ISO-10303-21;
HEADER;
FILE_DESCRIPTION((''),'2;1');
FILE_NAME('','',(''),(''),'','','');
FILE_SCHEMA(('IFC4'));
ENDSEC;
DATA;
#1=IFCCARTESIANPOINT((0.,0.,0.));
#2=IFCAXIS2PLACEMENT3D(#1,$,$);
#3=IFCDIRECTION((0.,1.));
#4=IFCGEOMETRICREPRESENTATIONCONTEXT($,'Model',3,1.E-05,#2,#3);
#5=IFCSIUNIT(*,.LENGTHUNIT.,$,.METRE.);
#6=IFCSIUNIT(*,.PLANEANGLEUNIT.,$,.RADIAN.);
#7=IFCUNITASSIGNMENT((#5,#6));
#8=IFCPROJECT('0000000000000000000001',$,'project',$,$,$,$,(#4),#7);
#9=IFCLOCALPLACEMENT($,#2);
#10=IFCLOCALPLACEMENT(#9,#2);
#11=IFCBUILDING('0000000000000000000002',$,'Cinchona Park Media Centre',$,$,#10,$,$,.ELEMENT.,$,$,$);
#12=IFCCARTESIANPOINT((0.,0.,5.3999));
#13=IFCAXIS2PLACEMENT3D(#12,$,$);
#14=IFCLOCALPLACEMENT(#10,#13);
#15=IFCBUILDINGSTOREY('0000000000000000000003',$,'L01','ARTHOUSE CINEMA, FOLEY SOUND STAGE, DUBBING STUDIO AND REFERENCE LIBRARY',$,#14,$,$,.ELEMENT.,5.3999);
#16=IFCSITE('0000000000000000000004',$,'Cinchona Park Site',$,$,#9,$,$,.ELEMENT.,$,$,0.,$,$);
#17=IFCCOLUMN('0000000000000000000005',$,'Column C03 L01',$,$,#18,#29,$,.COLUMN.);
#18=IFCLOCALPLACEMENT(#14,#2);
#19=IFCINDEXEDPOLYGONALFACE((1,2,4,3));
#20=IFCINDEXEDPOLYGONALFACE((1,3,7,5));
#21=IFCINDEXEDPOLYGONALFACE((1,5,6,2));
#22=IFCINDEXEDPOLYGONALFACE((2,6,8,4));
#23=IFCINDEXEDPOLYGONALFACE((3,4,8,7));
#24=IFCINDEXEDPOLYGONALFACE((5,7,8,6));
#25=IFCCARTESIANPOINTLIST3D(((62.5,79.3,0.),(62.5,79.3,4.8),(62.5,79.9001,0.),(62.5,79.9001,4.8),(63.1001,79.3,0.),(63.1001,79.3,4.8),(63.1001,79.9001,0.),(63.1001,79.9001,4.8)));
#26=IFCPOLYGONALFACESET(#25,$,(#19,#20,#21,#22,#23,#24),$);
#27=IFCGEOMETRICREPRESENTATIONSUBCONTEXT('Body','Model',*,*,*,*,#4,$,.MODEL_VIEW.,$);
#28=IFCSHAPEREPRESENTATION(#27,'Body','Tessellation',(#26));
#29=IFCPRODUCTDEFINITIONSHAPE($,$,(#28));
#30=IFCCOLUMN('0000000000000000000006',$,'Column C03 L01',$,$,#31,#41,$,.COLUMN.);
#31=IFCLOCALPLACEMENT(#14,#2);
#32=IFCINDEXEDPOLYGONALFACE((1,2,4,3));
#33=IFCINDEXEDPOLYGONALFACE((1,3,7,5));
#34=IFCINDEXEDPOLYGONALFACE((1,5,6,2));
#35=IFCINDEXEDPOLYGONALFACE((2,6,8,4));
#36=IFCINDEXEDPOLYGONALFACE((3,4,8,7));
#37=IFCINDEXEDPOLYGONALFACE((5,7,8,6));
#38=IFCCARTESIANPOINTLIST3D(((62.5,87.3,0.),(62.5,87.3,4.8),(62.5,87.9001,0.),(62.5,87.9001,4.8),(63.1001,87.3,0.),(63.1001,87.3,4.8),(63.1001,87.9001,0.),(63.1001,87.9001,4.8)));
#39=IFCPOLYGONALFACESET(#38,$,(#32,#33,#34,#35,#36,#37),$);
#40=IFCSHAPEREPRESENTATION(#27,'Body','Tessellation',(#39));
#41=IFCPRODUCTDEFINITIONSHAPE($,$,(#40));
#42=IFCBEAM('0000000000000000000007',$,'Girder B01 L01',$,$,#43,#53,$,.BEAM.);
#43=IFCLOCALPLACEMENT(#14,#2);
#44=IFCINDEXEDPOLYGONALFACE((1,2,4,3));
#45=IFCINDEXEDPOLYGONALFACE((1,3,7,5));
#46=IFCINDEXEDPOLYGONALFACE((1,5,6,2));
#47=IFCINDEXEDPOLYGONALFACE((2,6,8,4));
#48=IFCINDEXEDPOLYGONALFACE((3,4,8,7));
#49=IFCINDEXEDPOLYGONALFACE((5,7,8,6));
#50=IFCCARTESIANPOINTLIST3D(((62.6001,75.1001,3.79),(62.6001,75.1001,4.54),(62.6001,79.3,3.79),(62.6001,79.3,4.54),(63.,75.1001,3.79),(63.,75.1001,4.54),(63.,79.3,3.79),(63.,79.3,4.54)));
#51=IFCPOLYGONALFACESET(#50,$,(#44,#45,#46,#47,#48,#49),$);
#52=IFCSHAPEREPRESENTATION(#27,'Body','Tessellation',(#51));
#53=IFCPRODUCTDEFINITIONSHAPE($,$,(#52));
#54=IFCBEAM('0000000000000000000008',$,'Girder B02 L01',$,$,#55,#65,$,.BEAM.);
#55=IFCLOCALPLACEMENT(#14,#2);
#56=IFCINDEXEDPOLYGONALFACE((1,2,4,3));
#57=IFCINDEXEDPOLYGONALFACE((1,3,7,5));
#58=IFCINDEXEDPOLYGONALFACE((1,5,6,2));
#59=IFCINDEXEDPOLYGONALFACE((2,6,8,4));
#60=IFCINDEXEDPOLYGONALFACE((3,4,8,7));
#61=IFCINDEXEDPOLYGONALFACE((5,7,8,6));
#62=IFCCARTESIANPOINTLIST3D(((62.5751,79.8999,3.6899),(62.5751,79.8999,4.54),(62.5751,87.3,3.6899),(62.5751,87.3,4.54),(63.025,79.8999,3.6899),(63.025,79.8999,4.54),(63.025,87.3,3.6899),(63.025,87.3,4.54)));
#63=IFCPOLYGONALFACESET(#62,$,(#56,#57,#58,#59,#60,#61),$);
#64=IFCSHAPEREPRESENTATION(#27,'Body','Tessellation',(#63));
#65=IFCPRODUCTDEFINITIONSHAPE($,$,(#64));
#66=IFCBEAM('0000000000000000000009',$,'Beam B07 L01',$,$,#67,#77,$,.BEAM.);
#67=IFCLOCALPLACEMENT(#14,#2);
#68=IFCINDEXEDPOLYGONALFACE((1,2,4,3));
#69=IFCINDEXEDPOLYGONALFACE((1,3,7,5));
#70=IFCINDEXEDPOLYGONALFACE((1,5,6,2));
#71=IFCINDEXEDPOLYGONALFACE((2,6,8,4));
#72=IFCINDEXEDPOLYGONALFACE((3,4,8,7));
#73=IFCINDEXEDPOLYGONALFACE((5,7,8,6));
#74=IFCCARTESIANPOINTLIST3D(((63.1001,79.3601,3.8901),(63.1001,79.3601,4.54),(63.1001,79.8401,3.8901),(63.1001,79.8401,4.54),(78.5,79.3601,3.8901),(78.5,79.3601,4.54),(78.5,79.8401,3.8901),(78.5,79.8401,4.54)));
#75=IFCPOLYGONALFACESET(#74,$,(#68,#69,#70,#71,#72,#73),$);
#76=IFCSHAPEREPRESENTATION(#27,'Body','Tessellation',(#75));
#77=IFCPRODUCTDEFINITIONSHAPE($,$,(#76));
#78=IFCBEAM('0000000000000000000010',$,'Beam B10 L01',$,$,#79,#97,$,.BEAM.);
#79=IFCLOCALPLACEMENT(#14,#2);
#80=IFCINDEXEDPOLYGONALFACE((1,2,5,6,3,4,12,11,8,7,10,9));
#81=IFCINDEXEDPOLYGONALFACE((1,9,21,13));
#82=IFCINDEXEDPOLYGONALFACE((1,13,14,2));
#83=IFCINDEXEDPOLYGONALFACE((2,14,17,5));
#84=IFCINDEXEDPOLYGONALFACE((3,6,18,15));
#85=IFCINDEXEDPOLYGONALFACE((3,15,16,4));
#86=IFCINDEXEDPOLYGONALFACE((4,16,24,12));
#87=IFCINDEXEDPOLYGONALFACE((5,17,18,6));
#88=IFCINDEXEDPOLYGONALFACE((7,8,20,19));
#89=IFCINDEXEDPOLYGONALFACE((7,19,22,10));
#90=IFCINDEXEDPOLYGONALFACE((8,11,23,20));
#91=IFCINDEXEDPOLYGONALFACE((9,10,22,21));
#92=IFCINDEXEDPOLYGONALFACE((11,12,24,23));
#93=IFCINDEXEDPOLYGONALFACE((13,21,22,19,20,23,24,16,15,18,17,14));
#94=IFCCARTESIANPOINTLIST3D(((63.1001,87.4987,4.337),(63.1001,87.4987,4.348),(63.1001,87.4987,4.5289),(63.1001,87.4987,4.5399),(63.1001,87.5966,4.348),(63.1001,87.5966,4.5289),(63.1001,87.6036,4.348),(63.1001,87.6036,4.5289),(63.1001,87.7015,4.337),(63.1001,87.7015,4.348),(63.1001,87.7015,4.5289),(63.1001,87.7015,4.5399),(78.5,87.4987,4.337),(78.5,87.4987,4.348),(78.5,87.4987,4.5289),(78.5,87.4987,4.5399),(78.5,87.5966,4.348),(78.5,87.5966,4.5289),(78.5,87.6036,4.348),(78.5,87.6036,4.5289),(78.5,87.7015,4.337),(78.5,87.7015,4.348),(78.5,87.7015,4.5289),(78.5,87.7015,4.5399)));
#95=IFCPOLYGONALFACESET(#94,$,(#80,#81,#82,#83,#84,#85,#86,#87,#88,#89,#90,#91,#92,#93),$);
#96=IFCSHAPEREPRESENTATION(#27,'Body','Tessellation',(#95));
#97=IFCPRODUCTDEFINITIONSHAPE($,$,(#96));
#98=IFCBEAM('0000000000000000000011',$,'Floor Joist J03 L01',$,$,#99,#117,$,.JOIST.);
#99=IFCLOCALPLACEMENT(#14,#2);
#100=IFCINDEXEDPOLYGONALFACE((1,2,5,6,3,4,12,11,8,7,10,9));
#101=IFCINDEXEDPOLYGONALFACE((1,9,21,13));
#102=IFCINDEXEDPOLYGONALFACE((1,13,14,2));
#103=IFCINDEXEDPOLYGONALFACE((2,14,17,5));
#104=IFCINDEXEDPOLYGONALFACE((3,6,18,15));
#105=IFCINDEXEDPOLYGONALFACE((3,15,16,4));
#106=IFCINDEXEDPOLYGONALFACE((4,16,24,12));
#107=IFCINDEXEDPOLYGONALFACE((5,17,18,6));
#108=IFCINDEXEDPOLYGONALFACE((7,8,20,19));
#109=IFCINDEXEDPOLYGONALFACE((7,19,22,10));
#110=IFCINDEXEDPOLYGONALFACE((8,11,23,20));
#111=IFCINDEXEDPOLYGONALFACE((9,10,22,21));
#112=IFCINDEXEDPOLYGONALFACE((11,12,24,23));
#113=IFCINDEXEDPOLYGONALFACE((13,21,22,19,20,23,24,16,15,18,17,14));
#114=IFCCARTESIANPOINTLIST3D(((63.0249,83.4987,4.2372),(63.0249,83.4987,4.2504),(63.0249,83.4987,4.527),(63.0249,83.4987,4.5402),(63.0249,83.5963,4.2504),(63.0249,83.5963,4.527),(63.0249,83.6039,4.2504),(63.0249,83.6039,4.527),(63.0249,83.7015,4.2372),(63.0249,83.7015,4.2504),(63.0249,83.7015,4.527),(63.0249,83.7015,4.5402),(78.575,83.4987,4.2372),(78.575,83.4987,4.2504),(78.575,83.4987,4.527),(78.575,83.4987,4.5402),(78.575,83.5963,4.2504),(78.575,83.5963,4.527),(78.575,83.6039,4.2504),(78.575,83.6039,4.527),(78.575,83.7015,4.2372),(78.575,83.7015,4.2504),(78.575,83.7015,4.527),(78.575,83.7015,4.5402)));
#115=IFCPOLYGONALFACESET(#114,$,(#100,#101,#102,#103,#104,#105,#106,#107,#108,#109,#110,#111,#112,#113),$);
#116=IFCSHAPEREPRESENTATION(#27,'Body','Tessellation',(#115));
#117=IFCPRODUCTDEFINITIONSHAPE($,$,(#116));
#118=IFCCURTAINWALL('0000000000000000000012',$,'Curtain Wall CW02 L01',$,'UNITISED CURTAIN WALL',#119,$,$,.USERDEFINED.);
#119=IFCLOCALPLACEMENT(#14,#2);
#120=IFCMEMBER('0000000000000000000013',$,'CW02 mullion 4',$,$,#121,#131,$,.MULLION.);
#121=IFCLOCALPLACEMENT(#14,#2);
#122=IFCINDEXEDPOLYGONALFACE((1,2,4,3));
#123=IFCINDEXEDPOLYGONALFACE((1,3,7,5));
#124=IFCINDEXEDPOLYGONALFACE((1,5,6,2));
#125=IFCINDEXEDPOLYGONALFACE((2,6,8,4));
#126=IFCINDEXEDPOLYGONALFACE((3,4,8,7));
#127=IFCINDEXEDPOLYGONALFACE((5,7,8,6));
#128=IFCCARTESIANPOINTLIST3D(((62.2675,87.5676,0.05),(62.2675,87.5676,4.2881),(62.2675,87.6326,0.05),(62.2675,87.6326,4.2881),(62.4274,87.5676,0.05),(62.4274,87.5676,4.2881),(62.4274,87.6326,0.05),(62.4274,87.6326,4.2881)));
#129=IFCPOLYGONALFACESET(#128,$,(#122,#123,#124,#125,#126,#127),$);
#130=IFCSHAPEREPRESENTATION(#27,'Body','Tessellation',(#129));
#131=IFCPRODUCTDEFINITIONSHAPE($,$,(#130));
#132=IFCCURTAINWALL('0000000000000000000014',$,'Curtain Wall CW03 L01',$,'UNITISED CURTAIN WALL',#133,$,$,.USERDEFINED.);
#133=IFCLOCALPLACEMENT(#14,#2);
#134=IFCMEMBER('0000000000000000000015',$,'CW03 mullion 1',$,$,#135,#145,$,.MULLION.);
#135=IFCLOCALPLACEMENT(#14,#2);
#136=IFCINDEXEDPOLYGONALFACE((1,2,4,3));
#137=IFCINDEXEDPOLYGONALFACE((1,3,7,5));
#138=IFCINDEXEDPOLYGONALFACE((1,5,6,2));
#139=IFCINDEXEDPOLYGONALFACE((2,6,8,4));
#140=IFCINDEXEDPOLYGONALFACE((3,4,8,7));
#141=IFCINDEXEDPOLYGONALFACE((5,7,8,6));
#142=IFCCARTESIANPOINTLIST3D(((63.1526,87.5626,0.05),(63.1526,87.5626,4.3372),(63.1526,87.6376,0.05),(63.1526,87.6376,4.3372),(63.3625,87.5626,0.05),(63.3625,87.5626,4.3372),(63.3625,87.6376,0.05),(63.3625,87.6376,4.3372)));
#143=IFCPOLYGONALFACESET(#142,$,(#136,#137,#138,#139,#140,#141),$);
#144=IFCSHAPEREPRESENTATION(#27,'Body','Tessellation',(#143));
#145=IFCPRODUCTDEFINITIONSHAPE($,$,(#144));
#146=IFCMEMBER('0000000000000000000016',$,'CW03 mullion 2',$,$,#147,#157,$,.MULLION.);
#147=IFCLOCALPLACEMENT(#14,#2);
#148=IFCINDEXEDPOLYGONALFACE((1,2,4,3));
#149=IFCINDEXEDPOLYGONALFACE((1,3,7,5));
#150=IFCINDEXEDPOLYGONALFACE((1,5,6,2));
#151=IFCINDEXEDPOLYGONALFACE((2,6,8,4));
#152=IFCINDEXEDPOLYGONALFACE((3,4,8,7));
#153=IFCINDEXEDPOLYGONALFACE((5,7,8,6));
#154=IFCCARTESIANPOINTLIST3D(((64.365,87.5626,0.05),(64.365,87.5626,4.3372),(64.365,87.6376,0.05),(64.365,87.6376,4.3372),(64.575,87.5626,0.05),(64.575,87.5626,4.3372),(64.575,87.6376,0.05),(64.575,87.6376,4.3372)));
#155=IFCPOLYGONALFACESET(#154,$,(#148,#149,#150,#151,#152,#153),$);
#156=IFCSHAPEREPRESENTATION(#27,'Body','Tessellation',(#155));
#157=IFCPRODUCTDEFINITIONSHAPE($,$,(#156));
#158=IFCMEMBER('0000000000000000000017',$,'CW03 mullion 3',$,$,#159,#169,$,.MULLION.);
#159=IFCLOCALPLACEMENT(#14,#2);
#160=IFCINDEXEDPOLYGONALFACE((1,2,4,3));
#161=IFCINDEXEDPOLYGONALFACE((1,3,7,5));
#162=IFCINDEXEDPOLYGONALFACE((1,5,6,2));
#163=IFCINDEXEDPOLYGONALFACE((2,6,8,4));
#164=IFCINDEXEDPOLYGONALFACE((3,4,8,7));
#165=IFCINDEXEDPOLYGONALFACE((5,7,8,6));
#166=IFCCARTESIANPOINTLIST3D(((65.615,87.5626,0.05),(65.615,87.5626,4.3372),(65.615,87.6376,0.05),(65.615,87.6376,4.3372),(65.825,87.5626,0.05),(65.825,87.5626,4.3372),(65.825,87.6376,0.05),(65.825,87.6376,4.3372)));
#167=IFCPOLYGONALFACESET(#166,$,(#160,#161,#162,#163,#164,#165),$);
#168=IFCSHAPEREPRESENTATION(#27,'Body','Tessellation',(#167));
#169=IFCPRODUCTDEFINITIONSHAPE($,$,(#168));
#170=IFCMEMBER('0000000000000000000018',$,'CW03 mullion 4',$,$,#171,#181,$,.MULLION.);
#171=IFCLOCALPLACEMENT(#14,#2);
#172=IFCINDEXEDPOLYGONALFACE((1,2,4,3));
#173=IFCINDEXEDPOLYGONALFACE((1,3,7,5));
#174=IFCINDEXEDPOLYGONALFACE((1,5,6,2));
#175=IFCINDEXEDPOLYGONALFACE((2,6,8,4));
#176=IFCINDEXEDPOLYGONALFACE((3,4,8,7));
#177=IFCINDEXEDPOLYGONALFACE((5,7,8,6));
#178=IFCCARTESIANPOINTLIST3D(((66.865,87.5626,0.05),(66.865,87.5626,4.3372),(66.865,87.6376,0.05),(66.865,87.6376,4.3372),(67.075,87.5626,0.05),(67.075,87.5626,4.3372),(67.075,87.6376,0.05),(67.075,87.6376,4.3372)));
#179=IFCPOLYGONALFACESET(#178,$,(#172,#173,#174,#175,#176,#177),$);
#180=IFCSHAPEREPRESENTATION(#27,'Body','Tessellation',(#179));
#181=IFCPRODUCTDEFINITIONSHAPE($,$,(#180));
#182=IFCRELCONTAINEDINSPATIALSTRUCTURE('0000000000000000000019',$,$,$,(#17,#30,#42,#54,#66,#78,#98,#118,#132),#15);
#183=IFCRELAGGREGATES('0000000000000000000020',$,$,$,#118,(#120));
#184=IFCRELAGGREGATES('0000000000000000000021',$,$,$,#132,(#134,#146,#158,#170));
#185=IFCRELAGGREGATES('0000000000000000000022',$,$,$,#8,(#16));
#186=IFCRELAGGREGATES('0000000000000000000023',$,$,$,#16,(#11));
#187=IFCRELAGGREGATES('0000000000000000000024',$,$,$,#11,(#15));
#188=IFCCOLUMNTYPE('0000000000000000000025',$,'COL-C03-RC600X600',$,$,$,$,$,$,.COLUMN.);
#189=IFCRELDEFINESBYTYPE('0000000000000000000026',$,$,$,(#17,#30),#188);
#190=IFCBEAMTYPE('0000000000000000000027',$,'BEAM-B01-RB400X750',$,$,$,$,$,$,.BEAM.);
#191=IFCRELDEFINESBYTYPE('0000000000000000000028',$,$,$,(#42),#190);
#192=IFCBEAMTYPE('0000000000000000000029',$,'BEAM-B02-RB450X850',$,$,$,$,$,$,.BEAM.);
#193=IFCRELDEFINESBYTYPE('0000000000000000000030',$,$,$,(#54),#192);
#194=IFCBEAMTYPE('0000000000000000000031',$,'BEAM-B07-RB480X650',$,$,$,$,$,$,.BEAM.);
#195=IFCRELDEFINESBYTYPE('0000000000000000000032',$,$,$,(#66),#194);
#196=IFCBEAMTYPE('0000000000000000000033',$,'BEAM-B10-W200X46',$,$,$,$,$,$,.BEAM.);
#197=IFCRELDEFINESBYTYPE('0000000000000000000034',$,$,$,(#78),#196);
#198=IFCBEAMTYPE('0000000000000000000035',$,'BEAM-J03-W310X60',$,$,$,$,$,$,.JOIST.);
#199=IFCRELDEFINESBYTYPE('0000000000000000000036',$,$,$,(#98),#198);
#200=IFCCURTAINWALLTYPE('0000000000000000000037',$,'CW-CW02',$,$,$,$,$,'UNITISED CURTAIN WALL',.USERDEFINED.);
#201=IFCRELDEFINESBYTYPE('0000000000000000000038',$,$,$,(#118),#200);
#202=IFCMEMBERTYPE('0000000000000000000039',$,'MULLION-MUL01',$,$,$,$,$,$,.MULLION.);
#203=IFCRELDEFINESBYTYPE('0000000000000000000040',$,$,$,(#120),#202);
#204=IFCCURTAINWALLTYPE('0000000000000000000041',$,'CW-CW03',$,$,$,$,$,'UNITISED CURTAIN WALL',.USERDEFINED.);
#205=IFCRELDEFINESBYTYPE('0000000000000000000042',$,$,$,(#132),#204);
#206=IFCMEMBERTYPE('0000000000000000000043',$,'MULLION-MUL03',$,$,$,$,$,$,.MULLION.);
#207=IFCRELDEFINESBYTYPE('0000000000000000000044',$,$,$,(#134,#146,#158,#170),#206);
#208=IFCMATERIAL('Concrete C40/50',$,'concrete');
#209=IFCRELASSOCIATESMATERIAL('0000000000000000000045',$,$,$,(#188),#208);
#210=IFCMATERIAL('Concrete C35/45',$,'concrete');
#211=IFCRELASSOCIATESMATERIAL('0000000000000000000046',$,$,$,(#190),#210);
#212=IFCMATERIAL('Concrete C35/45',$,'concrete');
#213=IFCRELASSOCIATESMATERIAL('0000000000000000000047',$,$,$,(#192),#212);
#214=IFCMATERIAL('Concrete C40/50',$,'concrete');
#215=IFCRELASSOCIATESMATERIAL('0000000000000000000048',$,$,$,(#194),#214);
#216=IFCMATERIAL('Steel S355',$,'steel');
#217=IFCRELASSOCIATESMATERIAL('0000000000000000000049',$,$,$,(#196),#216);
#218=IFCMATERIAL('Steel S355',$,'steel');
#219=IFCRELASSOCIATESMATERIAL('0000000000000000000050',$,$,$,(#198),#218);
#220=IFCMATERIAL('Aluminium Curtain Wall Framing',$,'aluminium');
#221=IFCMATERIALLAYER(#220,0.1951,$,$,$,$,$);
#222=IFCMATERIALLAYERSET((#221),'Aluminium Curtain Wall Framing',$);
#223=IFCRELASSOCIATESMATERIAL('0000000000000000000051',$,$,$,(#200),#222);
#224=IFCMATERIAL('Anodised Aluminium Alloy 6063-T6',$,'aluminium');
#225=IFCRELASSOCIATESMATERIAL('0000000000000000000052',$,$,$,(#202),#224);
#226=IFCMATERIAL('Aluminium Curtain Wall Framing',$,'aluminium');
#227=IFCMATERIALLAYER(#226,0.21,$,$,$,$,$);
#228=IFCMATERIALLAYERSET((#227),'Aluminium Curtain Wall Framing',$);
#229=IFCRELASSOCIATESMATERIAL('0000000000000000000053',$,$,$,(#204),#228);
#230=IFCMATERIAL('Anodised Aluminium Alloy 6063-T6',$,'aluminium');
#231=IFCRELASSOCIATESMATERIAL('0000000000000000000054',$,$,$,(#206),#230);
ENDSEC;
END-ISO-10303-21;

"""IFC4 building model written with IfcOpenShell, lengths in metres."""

from ifc_helpers import new_model, si_unit, direction, frame, origin, origin_2d, place, context, subcontext, project, spatial, rectangle, i_section, extrude, material, layer, layer_set, material_profile, profile_set, type_object, element, aggregate, save


model = new_model("IFC4")

# Units and contexts
model_context = context("Model", 3, precision=1e-05, world=origin(), true_north=direction((0.0, 1.0)))
body_context = subcontext(model_context, "Body", "Model", "MODEL_VIEW")
ifc_project = project(units=[si_unit("LENGTHUNIT", "METRE"), si_unit("PLANEANGLEUNIT", "RADIAN")], contexts=[model_context])

# Site, building, storey
site_placement = place(None, origin())
site = spatial("IfcSite", under=ifc_project, at=site_placement, Name="Cinchona Park Site", CompositionType="ELEMENT", RefElevation=0.0)
building_placement = place(site_placement, origin())
building = spatial("IfcBuilding", under=site, at=building_placement, Name="Cinchona Park Media Centre", CompositionType="ELEMENT")
storey_placement = place(building_placement, frame((0.0, 0.0, 5.3999)))
storey = spatial("IfcBuildingStorey", under=building, at=storey_placement, Name="L01", Description="ARTHOUSE CINEMA, FOLEY SOUND STAGE, DUBBING STUDIO AND REFERENCE LIBRARY", CompositionType="ELEMENT", Elevation=5.3999)

# Columns
ifc_material_1 = material(Name="Concrete C40/50", Category="concrete")
ifc_material_profile_1 = material_profile(ifc_material_1, rectangle(XDim=0.6001, YDim=0.6001, at=origin_2d()), Name="RC 600X600")
ifc_profile_set_1 = profile_set([ifc_material_profile_1], Name="Concrete C40/50")
column_type = type_object("IfcColumnType", Name="COL-C03-RC600X600", PredefinedType="COLUMN", material=ifc_profile_set_1)
for number, where, z_axis, x_axis, name in (
    (1, (62.8, 79.6001, 0.0), (0.0, 0.0, 1.0), (1.0, 0.0, 0.0), "Column C03 L01"),
    (2, (62.8, 87.6001, 0.0), (0.0, 0.0, 1.0), (1.0, 0.0, 0.0), "Column C03 L01"),
):
    element("IfcColumn", number, at=place(storey_placement, frame(where, z_axis=z_axis, x_axis=x_axis)), inside=storey, type_object=column_type, Name=name, PredefinedType="COLUMN", context=body_context, shape_type="SweptSolid", body=[
        extrude(rectangle(XDim=0.6001, YDim=0.6001, at=origin_2d()), origin(), (0.0, 0.0, 1.0), 4.8),
    ])

# Beams
ifc_material_2 = material(Name="Concrete C35/45", Category="concrete")
ifc_material_profile_2 = material_profile(ifc_material_2, rectangle(XDim=0.3999, YDim=0.75, at=origin_2d()), Name="RB 400X750")
ifc_profile_set_2 = profile_set([ifc_material_profile_2], Name="Concrete C35/45")
beam_type_1 = type_object("IfcBeamType", Name="BEAM-B01-RB400X750", PredefinedType="BEAM", material=ifc_profile_set_2)
beam_1_placement = place(storey_placement, frame((62.8, 75.1001, 4.165), z_axis=(0.0, 1.0, 0.0), x_axis=(-1.0, 0.0, 0.0)))
element("IfcBeam", 3, at=beam_1_placement, inside=storey, type_object=beam_type_1, Name="Girder B01 L01", PredefinedType="BEAM", context=body_context, shape_type="SweptSolid", body=[
    extrude(rectangle(XDim=0.3999, YDim=0.75, at=origin_2d()), origin(), (0.0, 0.0, 1.0), 4.2),
])
ifc_material_3 = material(Name="Concrete C35/45", Category="concrete")
ifc_material_profile_3 = material_profile(ifc_material_3, rectangle(XDim=0.45, YDim=0.8501, at=origin_2d()), Name="RB 450X850")
ifc_profile_set_3 = profile_set([ifc_material_profile_3], Name="Concrete C35/45")
beam_type_2 = type_object("IfcBeamType", Name="BEAM-B02-RB450X850", PredefinedType="BEAM", material=ifc_profile_set_3)
beam_2_placement = place(storey_placement, frame((62.8, 79.8999, 4.115), z_axis=(0.0, 1.0, 0.0), x_axis=(-1.0, 0.0, 0.0)))
element("IfcBeam", 4, at=beam_2_placement, inside=storey, type_object=beam_type_2, Name="Girder B02 L01", PredefinedType="BEAM", context=body_context, shape_type="SweptSolid", body=[
    extrude(rectangle(XDim=0.45, YDim=0.8501, at=origin_2d()), origin(), (0.0, 0.0, 1.0), 7.4001),
])
ifc_material_4 = material(Name="Concrete C40/50", Category="concrete")
ifc_material_profile_4 = material_profile(ifc_material_4, rectangle(XDim=0.48, YDim=0.6499, at=origin_2d()), Name="RB 480X650")
ifc_profile_set_4 = profile_set([ifc_material_profile_4], Name="Concrete C40/50")
beam_type_3 = type_object("IfcBeamType", Name="BEAM-B07-RB480X650", PredefinedType="BEAM", material=ifc_profile_set_4)
beam_3_placement = place(storey_placement, frame((63.1001, 79.6001, 4.2151), z_axis=(1.0, 0.0, 0.0), x_axis=(0.0, 1.0, 0.0)))
element("IfcBeam", 5, at=beam_3_placement, inside=storey, type_object=beam_type_3, Name="Beam B07 L01", PredefinedType="BEAM", context=body_context, shape_type="SweptSolid", body=[
    extrude(rectangle(XDim=0.48, YDim=0.6499, at=origin_2d()), origin(), (0.0, 0.0, 1.0), 15.3999),
])
ifc_material_5 = material(Name="Steel S355", Category="steel")
ifc_material_profile_5 = material_profile(ifc_material_5, i_section(OverallWidth=0.2029, OverallDepth=0.2029, WebThickness=0.0071, FlangeThickness=0.011, at=origin_2d()), Name="W200X46")
ifc_profile_set_5 = profile_set([ifc_material_profile_5], Name="Steel S355")
beam_type_4 = type_object("IfcBeamType", Name="BEAM-B10-W200X46", PredefinedType="BEAM", material=ifc_profile_set_5)
beam_4_placement = place(storey_placement, frame((63.1001, 87.6001, 4.4385), z_axis=(1.0, 0.0, 0.0), x_axis=(0.0, 1.0, 0.0)))
element("IfcBeam", 6, at=beam_4_placement, inside=storey, type_object=beam_type_4, Name="Beam B10 L01", PredefinedType="BEAM", context=body_context, shape_type="SweptSolid", body=[
    extrude(i_section(OverallWidth=0.2029, OverallDepth=0.2029, WebThickness=0.0071, FlangeThickness=0.011, at=origin_2d()), origin(), (0.0, 0.0, 1.0), 15.3999),
])
ifc_material_6 = material(Name="Steel S355", Category="steel")
ifc_material_profile_6 = material_profile(ifc_material_6, i_section(OverallWidth=0.2029, OverallDepth=0.303, WebThickness=0.0076, FlangeThickness=0.0132, at=origin_2d()), Name="W310X60")
ifc_profile_set_6 = profile_set([ifc_material_profile_6], Name="Steel S355")
beam_type_5 = type_object("IfcBeamType", Name="BEAM-J03-W310X60", PredefinedType="JOIST", material=ifc_profile_set_6)
beam_5_placement = place(storey_placement, frame((63.0249, 83.6001, 4.3887), z_axis=(1.0, 0.0, 0.0), x_axis=(0.0, 1.0, 0.0)))
element("IfcBeam", 7, at=beam_5_placement, inside=storey, type_object=beam_type_5, Name="Floor Joist J03 L01", PredefinedType="JOIST", context=body_context, shape_type="SweptSolid", body=[
    extrude(i_section(OverallWidth=0.2029, OverallDepth=0.303, WebThickness=0.0076, FlangeThickness=0.0132, at=origin_2d()), origin(), (0.0, 0.0, 1.0), 15.55),
])

# Curtain wall, member
ifc_material_7 = material(Name="Aluminium Curtain Wall Framing", Category="aluminium")
ifc_layer_1 = layer(ifc_material_7, 0.1951)
ifc_layer_set_1 = layer_set([ifc_layer_1], Name="Aluminium Curtain Wall Framing")
curtain_wall_type_1 = type_object("IfcCurtainWallType", Name="CW-CW02", ElementType="UNITISED CURTAIN WALL", PredefinedType="USERDEFINED", material=ifc_layer_set_1)
curtain_wall_1_placement = place(storey_placement, origin())
curtain_wall_1 = element("IfcCurtainWall", 8, at=curtain_wall_1_placement, inside=storey, type_object=curtain_wall_type_1, Name="Curtain Wall CW02 L01", ObjectType="UNITISED CURTAIN WALL", PredefinedType="USERDEFINED")
ifc_material_8 = material(Name="Anodised Aluminium Alloy 6063-T6", Category="aluminium")
ifc_material_profile_7 = material_profile(ifc_material_8, rectangle(XDim=0.0649, YDim=0.1599, at=origin_2d()), Name="MUL-65X160")
ifc_profile_set_7 = profile_set([ifc_material_profile_7], Name="Anodised Aluminium Alloy 6063-T6")
member_type_1 = type_object("IfcMemberType", Name="MULLION-MUL01", PredefinedType="MULLION", material=ifc_profile_set_7)
member_1_placement = place(storey_placement, frame((62.3474, 87.6001, 0.05), z_axis=(0.0, 0.0, 1.0), x_axis=(0.0, 1.0, 0.0)))
member_1 = element("IfcMember", 9, at=member_1_placement, type_object=member_type_1, Name="CW02 mullion 4", PredefinedType="MULLION", context=body_context, shape_type="SweptSolid", body=[
    extrude(rectangle(XDim=0.0649, YDim=0.1599, at=origin_2d()), origin(), (0.0, 0.0, 1.0), 4.238),
])

# Curtain wall, members
ifc_material_9 = material(Name="Aluminium Curtain Wall Framing", Category="aluminium")
ifc_layer_2 = layer(ifc_material_9, 0.21)
ifc_layer_set_2 = layer_set([ifc_layer_2], Name="Aluminium Curtain Wall Framing")
curtain_wall_type_2 = type_object("IfcCurtainWallType", Name="CW-CW03", ElementType="UNITISED CURTAIN WALL", PredefinedType="USERDEFINED", material=ifc_layer_set_2)
curtain_wall_2_placement = place(storey_placement, origin())
curtain_wall_2 = element("IfcCurtainWall", 10, at=curtain_wall_2_placement, inside=storey, type_object=curtain_wall_type_2, Name="Curtain Wall CW03 L01", ObjectType="UNITISED CURTAIN WALL", PredefinedType="USERDEFINED")
ifc_material_10 = material(Name="Anodised Aluminium Alloy 6063-T6", Category="aluminium")
ifc_material_profile_8 = material_profile(ifc_material_10, rectangle(XDim=0.075, YDim=0.21, at=origin_2d()), Name="MUL-75X210")
ifc_profile_set_8 = profile_set([ifc_material_profile_8], Name="Anodised Aluminium Alloy 6063-T6")
member_type_2 = type_object("IfcMemberType", Name="MULLION-MUL03", PredefinedType="MULLION", material=ifc_profile_set_8)
member_2_placement = place(storey_placement, frame((63.2576, 87.6001, 0.05), z_axis=(0.0, 0.0, 1.0), x_axis=(0.0, 1.0, 0.0)))
member_2 = element("IfcMember", 11, at=member_2_placement, type_object=member_type_2, Name="CW03 mullion 1", PredefinedType="MULLION", context=body_context, shape_type="SweptSolid", body=[
    extrude(rectangle(XDim=0.075, YDim=0.21, at=origin_2d()), origin(), (0.0, 0.0, 1.0), 4.2871),
])
member_3_placement = place(storey_placement, frame((64.47, 87.6001, 0.05), z_axis=(0.0, 0.0, 1.0), x_axis=(0.0, 1.0, 0.0)))
member_3 = element("IfcMember", 12, at=member_3_placement, type_object=member_type_2, Name="CW03 mullion 2", PredefinedType="MULLION", context=body_context, shape_type="SweptSolid", body=[
    extrude(rectangle(XDim=0.075, YDim=0.21, at=origin_2d()), origin(), (0.0, 0.0, 1.0), 4.2871),
])
member_4_placement = place(storey_placement, frame((65.72, 87.6001, 0.05), z_axis=(0.0, 0.0, 1.0), x_axis=(0.0, 1.0, 0.0)))
member_4 = element("IfcMember", 13, at=member_4_placement, type_object=member_type_2, Name="CW03 mullion 3", PredefinedType="MULLION", context=body_context, shape_type="SweptSolid", body=[
    extrude(rectangle(XDim=0.075, YDim=0.21, at=origin_2d()), origin(), (0.0, 0.0, 1.0), 4.2871),
])
member_5_placement = place(storey_placement, frame((66.97, 87.6001, 0.05), z_axis=(0.0, 0.0, 1.0), x_axis=(0.0, 1.0, 0.0)))
member_5 = element("IfcMember", 14, at=member_5_placement, type_object=member_type_2, Name="CW03 mullion 4", PredefinedType="MULLION", context=body_context, shape_type="SweptSolid", body=[
    extrude(rectangle(XDim=0.075, YDim=0.21, at=origin_2d()), origin(), (0.0, 0.0, 1.0), 4.2871),
])

aggregate(curtain_wall_1, [member_1])
aggregate(curtain_wall_2, [member_2, member_3, member_4, member_5])

save(model, "model.ifc")
